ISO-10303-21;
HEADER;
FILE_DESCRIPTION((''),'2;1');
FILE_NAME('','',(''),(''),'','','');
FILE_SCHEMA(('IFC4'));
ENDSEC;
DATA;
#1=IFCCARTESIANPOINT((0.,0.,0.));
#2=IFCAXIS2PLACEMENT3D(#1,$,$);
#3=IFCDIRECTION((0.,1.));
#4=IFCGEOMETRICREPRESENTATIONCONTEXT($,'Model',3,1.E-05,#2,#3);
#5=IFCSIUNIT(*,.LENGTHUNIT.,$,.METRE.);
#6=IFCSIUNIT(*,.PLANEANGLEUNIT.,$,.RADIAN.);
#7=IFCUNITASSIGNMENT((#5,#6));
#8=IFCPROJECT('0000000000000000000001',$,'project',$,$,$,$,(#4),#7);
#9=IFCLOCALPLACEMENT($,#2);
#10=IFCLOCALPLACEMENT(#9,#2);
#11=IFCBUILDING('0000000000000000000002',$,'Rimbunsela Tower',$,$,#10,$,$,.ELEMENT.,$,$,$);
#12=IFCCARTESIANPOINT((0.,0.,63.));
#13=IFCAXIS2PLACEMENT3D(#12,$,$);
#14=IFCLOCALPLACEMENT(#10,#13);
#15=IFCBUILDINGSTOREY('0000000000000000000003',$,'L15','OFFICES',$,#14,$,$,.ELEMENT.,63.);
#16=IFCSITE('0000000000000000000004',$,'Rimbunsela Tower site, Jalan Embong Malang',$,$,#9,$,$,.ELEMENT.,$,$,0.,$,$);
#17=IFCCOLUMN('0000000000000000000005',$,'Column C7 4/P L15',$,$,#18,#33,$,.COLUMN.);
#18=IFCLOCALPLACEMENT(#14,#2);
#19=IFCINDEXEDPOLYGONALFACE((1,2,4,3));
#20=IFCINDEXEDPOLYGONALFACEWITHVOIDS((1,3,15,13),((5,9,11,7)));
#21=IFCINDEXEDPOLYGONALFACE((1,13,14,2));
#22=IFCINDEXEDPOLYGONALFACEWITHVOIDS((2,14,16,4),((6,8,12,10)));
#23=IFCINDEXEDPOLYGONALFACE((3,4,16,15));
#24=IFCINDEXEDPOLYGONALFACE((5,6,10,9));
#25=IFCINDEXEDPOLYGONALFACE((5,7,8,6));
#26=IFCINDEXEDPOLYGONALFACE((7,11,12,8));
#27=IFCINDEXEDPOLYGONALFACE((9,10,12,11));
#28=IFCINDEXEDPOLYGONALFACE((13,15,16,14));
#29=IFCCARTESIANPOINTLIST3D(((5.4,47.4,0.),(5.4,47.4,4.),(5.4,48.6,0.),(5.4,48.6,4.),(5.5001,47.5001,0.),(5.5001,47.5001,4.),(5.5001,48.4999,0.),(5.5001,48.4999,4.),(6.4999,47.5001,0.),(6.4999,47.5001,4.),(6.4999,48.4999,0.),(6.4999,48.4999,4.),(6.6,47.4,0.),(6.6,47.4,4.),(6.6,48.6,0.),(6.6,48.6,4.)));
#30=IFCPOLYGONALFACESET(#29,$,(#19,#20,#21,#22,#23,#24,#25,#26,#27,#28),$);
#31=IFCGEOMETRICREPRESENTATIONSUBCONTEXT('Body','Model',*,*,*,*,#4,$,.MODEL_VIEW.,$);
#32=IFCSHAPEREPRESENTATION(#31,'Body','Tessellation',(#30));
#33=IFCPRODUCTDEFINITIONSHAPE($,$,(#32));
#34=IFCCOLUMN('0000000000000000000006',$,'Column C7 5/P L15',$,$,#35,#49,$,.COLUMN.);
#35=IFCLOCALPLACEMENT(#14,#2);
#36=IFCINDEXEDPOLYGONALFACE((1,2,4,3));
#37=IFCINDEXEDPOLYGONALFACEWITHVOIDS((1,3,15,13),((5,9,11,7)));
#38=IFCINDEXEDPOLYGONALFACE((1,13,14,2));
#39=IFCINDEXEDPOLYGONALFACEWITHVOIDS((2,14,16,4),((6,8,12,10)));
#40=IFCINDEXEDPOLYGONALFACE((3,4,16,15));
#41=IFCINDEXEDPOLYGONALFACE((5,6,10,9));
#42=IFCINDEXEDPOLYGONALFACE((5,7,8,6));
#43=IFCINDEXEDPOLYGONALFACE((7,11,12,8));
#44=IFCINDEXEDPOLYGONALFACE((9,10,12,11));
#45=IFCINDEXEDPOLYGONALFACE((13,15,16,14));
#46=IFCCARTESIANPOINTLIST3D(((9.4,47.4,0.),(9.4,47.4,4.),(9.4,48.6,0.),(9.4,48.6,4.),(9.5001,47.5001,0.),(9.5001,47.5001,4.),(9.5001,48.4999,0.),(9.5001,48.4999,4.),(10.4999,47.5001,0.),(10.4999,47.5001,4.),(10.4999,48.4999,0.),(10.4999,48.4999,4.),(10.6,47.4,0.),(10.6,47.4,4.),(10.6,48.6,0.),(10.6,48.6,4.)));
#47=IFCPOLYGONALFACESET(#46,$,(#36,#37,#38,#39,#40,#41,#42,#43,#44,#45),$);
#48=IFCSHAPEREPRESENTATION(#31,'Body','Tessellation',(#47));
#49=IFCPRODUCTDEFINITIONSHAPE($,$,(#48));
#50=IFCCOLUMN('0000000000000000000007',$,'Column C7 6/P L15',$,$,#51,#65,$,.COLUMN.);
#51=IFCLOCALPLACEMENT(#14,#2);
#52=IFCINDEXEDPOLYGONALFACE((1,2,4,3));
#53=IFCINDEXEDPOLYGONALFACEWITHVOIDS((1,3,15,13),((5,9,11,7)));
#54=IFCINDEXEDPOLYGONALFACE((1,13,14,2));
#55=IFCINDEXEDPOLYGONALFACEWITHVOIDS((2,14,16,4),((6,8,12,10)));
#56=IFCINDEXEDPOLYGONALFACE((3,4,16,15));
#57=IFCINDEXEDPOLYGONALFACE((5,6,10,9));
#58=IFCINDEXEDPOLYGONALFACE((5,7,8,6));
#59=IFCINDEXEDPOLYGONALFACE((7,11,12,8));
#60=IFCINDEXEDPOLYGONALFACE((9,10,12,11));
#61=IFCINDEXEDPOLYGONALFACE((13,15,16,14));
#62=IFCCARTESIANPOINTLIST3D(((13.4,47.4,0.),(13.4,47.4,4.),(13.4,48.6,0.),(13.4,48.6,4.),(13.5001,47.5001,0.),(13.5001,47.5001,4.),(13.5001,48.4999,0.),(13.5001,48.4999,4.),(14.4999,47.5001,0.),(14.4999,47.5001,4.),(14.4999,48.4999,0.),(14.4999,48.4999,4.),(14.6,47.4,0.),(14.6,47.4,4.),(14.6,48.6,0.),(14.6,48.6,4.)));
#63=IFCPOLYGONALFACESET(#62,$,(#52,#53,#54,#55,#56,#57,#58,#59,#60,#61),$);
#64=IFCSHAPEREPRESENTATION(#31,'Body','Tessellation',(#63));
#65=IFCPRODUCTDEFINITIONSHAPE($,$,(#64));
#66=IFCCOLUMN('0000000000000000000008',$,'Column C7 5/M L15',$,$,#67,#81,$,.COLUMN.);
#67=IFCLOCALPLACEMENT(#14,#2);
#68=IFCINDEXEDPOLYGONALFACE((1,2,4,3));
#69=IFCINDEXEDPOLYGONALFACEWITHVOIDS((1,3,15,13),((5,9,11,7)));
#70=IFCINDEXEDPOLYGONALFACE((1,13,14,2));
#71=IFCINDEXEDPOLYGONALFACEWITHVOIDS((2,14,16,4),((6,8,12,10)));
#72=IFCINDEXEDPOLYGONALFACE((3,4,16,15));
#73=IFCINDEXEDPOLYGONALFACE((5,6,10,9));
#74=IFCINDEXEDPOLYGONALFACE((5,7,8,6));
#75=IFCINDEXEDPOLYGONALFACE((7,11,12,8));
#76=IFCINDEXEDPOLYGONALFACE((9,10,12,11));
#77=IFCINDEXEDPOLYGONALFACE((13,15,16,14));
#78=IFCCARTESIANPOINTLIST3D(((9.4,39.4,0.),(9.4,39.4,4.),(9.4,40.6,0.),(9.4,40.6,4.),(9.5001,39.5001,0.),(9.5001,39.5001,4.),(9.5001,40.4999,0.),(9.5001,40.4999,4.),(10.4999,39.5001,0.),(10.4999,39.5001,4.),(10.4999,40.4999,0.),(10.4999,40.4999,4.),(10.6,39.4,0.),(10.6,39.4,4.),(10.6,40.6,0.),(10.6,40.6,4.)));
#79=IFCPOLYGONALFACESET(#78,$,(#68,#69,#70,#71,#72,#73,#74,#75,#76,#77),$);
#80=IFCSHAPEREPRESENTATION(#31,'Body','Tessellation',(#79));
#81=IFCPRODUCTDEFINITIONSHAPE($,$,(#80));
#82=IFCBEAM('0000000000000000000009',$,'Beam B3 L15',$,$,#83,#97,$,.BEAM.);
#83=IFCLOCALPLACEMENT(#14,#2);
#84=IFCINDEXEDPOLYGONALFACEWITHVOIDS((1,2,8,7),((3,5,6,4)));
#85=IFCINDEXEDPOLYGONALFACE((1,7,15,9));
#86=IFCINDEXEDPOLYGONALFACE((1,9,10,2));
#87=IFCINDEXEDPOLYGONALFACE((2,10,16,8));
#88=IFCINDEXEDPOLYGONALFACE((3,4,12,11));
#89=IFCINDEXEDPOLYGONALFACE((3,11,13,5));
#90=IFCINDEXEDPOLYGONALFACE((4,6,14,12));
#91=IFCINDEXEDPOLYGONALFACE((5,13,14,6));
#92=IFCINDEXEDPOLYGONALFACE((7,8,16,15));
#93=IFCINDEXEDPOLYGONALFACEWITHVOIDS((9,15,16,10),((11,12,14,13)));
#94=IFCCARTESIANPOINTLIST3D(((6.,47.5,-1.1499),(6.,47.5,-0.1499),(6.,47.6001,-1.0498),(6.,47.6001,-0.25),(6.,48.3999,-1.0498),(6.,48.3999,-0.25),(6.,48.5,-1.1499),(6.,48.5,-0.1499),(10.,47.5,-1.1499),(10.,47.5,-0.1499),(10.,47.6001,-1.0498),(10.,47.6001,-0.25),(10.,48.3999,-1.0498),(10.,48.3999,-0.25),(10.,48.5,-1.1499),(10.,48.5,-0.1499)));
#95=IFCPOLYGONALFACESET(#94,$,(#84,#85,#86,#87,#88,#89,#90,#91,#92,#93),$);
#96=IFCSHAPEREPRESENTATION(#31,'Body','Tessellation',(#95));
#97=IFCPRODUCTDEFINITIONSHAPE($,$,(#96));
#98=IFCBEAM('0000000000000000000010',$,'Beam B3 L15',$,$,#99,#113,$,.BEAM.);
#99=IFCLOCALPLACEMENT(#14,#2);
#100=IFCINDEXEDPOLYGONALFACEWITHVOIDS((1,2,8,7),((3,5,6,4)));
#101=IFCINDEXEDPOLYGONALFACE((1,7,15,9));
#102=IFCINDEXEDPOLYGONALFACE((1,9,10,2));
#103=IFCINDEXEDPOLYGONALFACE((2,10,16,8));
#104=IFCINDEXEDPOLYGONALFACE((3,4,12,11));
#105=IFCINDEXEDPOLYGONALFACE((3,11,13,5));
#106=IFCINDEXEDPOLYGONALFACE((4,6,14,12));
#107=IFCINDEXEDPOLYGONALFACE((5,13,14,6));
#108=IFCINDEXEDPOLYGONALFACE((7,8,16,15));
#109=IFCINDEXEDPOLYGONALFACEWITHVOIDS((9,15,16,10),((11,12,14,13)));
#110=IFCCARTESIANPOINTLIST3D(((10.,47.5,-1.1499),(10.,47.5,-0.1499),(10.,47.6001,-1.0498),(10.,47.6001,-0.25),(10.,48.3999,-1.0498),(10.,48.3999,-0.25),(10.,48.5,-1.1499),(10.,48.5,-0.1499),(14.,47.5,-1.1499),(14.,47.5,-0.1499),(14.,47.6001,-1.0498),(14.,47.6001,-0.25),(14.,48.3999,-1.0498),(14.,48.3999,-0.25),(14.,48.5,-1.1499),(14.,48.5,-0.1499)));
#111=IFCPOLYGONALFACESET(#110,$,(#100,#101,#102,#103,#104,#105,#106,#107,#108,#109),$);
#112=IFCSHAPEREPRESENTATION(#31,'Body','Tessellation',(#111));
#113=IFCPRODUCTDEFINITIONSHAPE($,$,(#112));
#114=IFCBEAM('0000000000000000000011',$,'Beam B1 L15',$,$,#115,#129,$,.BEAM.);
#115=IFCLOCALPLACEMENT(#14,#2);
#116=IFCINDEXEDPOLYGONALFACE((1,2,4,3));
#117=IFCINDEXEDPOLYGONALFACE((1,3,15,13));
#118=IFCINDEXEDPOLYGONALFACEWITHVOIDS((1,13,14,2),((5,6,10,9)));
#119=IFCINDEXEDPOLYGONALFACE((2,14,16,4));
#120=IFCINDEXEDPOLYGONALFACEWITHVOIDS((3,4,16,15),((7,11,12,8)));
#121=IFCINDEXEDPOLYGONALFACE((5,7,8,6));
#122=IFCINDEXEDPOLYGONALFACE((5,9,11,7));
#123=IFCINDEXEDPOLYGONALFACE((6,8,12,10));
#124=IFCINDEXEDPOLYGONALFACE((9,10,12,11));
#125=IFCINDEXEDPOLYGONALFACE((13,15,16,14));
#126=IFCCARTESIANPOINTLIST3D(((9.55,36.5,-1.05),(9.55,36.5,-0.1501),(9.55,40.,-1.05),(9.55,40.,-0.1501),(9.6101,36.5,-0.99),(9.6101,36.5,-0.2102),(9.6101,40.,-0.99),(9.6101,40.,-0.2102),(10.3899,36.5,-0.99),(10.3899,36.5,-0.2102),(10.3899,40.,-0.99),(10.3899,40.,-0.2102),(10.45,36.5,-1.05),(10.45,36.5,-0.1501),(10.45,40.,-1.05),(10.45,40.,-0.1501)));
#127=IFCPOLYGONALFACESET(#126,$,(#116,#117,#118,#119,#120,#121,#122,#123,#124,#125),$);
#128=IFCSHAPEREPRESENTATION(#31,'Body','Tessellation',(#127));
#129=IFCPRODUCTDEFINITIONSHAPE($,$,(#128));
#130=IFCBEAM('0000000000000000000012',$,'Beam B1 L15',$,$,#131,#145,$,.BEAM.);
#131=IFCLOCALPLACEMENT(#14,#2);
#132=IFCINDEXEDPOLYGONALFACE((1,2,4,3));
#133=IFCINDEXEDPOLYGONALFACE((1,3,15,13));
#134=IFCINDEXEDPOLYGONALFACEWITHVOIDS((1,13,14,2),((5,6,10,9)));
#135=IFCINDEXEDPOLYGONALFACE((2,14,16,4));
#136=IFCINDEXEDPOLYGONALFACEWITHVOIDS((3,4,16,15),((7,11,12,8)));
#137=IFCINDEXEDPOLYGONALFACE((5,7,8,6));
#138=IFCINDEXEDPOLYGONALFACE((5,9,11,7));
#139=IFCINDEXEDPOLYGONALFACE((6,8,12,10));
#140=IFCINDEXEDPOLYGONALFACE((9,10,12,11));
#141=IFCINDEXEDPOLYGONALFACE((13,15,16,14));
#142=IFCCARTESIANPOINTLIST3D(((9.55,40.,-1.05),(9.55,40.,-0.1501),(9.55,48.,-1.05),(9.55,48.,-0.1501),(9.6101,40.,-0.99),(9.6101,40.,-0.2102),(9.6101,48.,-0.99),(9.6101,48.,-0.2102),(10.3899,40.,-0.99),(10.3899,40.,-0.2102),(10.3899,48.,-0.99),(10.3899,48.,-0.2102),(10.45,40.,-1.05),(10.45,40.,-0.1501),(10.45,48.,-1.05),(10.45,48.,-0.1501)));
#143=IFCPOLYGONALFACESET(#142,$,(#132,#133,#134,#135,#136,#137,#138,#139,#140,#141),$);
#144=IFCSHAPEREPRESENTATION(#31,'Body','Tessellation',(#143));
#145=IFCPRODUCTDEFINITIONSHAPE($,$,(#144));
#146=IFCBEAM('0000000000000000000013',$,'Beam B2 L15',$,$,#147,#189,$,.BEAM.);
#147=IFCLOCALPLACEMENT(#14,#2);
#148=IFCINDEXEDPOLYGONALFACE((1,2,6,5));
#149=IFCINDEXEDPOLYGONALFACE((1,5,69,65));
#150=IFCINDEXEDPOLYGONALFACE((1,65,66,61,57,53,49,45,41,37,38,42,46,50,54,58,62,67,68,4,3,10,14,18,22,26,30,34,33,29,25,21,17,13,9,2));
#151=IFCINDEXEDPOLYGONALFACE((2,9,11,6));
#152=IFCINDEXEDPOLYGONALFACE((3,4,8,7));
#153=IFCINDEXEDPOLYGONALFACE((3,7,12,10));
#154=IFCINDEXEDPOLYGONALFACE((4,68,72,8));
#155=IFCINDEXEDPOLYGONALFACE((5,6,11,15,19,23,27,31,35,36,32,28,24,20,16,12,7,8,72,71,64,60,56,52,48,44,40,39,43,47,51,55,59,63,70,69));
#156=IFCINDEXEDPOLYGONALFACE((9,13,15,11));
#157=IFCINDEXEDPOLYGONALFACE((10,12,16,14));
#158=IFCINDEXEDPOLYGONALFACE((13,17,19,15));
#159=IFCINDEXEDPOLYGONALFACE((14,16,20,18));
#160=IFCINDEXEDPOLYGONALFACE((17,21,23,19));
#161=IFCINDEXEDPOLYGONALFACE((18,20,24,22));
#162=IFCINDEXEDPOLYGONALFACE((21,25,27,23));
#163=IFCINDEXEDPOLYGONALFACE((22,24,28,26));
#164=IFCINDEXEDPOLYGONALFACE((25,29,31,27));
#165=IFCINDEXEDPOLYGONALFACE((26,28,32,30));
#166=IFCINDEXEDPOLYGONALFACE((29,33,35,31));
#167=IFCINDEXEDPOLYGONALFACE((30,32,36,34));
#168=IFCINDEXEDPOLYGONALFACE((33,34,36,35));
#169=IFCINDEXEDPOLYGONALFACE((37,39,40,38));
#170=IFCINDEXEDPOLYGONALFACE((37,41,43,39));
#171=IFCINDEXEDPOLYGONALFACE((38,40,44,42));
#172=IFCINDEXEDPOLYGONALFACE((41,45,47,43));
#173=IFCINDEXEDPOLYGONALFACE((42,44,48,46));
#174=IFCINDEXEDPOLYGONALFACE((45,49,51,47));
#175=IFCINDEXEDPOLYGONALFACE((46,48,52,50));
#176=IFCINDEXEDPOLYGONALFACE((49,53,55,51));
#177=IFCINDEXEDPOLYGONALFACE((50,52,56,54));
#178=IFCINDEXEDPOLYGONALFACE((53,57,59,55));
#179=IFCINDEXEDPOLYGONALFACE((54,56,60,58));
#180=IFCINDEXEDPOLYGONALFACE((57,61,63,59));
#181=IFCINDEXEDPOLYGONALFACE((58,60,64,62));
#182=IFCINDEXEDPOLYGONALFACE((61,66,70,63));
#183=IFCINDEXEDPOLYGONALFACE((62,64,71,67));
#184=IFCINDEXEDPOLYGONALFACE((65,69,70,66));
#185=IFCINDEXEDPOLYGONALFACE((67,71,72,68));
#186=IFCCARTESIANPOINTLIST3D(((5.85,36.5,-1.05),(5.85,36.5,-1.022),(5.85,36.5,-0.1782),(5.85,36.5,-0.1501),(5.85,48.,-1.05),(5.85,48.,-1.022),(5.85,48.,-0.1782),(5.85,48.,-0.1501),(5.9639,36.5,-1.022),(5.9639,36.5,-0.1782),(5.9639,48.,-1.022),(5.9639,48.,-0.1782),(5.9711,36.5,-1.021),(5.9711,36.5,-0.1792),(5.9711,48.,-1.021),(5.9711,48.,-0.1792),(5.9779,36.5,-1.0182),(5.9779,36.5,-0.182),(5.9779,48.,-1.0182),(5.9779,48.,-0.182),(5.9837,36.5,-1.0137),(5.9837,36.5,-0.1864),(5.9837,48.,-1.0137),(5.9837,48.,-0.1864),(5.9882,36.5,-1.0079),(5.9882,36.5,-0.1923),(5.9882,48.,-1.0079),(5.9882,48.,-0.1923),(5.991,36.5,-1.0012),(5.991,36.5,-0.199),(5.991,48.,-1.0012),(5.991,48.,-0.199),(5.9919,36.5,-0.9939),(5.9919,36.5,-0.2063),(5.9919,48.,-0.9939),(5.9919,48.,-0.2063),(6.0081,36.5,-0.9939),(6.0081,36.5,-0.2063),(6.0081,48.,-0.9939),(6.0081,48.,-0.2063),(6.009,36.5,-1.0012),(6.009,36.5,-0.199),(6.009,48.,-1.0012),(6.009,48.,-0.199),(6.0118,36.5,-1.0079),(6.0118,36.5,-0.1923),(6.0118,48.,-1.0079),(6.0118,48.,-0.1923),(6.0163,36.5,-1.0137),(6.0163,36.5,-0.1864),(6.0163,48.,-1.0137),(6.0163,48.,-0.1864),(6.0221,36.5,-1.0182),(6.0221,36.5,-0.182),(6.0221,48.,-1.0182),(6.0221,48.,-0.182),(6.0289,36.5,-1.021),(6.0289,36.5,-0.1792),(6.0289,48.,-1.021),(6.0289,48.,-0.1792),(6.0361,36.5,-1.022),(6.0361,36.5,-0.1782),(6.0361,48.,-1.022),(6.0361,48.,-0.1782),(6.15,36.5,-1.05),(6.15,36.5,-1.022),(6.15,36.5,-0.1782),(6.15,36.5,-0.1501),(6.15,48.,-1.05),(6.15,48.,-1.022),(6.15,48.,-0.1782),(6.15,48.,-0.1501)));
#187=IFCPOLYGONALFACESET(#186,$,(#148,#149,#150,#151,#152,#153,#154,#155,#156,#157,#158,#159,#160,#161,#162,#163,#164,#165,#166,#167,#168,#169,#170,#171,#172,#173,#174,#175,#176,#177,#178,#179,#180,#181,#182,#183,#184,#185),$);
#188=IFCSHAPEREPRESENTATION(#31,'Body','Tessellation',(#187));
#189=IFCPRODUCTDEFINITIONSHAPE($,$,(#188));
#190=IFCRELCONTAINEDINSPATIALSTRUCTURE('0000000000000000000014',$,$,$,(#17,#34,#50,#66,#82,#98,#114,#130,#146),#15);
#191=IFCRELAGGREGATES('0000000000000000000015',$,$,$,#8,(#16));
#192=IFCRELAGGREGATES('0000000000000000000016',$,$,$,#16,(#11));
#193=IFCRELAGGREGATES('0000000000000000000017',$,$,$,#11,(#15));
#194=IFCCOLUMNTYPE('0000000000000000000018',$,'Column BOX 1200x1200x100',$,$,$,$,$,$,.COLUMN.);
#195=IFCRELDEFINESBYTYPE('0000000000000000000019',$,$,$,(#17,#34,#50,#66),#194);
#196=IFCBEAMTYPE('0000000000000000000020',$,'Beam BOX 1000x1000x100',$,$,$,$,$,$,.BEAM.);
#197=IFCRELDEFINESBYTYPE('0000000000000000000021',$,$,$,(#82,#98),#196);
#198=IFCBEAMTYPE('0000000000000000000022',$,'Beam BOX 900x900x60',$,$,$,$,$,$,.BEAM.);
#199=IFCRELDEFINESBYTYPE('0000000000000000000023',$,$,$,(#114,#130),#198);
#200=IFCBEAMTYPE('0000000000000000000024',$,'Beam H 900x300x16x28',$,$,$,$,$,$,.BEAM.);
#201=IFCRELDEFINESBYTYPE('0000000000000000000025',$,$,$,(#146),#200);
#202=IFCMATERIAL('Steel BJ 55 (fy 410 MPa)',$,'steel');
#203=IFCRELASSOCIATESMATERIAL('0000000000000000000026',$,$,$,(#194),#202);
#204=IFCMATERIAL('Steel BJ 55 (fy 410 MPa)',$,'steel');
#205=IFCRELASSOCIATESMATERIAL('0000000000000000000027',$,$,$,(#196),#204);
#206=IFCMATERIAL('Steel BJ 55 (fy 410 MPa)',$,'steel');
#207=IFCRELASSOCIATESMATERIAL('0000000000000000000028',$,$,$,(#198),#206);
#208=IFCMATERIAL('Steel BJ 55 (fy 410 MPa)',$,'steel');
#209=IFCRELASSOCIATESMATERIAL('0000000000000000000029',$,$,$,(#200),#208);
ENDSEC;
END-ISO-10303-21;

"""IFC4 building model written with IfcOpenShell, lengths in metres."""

from ifc_helpers import new_model, si_unit, direction, frame, origin, origin_2d, place, context, subcontext, project, spatial, hollow_rectangle, i_section, extrude, material, material_profile, profile_set, type_object, element, save


model = new_model("IFC4")

# Units and contexts
model_context = context("Model", 3, precision=1e-05, world=origin(), true_north=direction((0.0, 1.0)))
body_context = subcontext(model_context, "Body", "Model", "MODEL_VIEW")
ifc_project = project(units=[si_unit("LENGTHUNIT", "METRE"), si_unit("PLANEANGLEUNIT", "RADIAN")], contexts=[model_context])

# Site, building, storey
site_placement = place(None, origin())
site = spatial("IfcSite", under=ifc_project, at=site_placement, Name="Rimbunsela Tower site, Jalan Embong Malang", CompositionType="ELEMENT", RefElevation=0.0)
building_placement = place(site_placement, origin())
building = spatial("IfcBuilding", under=site, at=building_placement, Name="Rimbunsela Tower", CompositionType="ELEMENT")
storey_placement = place(building_placement, frame((0.0, 0.0, 63.0)))
storey = spatial("IfcBuildingStorey", under=building, at=storey_placement, Name="L15", Description="OFFICES", CompositionType="ELEMENT", Elevation=63.0)

# Columns
ifc_material_1 = material(Name="Steel BJ 55 (fy 410 MPa)", Category="steel")
ifc_material_profile_1 = material_profile(ifc_material_1, hollow_rectangle(XDim=1.2, YDim=1.2, WallThickness=0.1001, at=origin_2d()), Name="BOX 1200x1200x100")
ifc_profile_set_1 = profile_set([ifc_material_profile_1], Name="Steel BJ 55 (fy 410 MPa)")
column_type = type_object("IfcColumnType", Name="Column BOX 1200x1200x100", PredefinedType="COLUMN", material=ifc_profile_set_1)
for number, where, z_axis, x_axis, name in (
    (1, (6.0, 48.0, 0.0), (0.0, 0.0, 1.0), (1.0, 0.0, 0.0), "Column C7 4/P L15"),
    (2, (10.0, 48.0, 0.0), (0.0, 0.0, 1.0), (1.0, 0.0, 0.0), "Column C7 5/P L15"),
    (3, (14.0, 48.0, 0.0), (0.0, 0.0, 1.0), (1.0, 0.0, 0.0), "Column C7 6/P L15"),
    (4, (10.0, 40.0, 0.0), (0.0, 0.0, 1.0), (1.0, 0.0, 0.0), "Column C7 5/M L15"),
):
    element("IfcColumn", number, at=place(storey_placement, frame(where, z_axis=z_axis, x_axis=x_axis)), inside=storey, type_object=column_type, Name=name, PredefinedType="COLUMN", context=body_context, shape_type="SweptSolid", body=[
        extrude(hollow_rectangle(XDim=1.2, YDim=1.2, WallThickness=0.1001, at=origin_2d()), origin(), (0.0, 0.0, 1.0), 4.0),
    ])

# Beams
ifc_material_2 = material(Name="Steel BJ 55 (fy 410 MPa)", Category="steel")
ifc_material_profile_2 = material_profile(ifc_material_2, hollow_rectangle(XDim=1.0, YDim=1.0, WallThickness=0.1001, at=origin_2d()), Name="BOX 1000x1000x100")
ifc_profile_set_2 = profile_set([ifc_material_profile_2], Name="Steel BJ 55 (fy 410 MPa)")
beam_type_1 = type_object("IfcBeamType", Name="Beam BOX 1000x1000x100", PredefinedType="BEAM", material=ifc_profile_set_2)
for number, where, z_axis, x_axis, name in (
    (5, (6.0, 48.0, -0.6499), (1.0, 0.0, 0.0), (0.0, 1.0, 0.0), "Beam B3 L15"),
    (6, (10.0, 48.0, -0.6499), (1.0, 0.0, 0.0), (0.0, 1.0, 0.0), "Beam B3 L15"),
):
    element("IfcBeam", number, at=place(storey_placement, frame(where, z_axis=z_axis, x_axis=x_axis)), inside=storey, type_object=beam_type_1, Name=name, PredefinedType="BEAM", context=body_context, shape_type="SweptSolid", body=[
        extrude(hollow_rectangle(XDim=1.0, YDim=1.0, WallThickness=0.1001, at=origin_2d()), origin(), (0.0, 0.0, 1.0), 4.0),
    ])
ifc_material_3 = material(Name="Steel BJ 55 (fy 410 MPa)", Category="steel")
ifc_material_profile_3 = material_profile(ifc_material_3, hollow_rectangle(XDim=0.8999, YDim=0.8999, WallThickness=0.0601, at=origin_2d()), Name="BOX 900x900x60")
ifc_profile_set_3 = profile_set([ifc_material_profile_3], Name="Steel BJ 55 (fy 410 MPa)")
beam_type_2 = type_object("IfcBeamType", Name="Beam BOX 900x900x60", PredefinedType="BEAM", material=ifc_profile_set_3)
beam_1_placement = place(storey_placement, frame((10.0, 36.5, -0.6001), z_axis=(0.0, 1.0, 0.0), x_axis=(-1.0, 0.0, 0.0)))
element("IfcBeam", 7, at=beam_1_placement, inside=storey, type_object=beam_type_2, Name="Beam B1 L15", PredefinedType="BEAM", context=body_context, shape_type="SweptSolid", body=[
    extrude(hollow_rectangle(XDim=0.8999, YDim=0.8999, WallThickness=0.0601, at=origin_2d()), origin(), (0.0, 0.0, 1.0), 3.5),
])
beam_2_placement = place(storey_placement, frame((10.0, 40.0, -0.6001), z_axis=(0.0, 1.0, 0.0), x_axis=(-1.0, 0.0, 0.0)))
element("IfcBeam", 8, at=beam_2_placement, inside=storey, type_object=beam_type_2, Name="Beam B1 L15", PredefinedType="BEAM", context=body_context, shape_type="SweptSolid", body=[
    extrude(hollow_rectangle(XDim=0.8999, YDim=0.8999, WallThickness=0.0601, at=origin_2d()), origin(), (0.0, 0.0, 1.0), 8.0),
])
ifc_material_4 = material(Name="Steel BJ 55 (fy 410 MPa)", Category="steel")
ifc_material_profile_4 = material_profile(ifc_material_4, i_section(OverallWidth=0.3, OverallDepth=0.8999, WebThickness=0.0161, FlangeThickness=0.0281, FilletRadius=0.0281, at=origin_2d()), Name="H 900x300x16x28")
ifc_profile_set_4 = profile_set([ifc_material_profile_4], Name="Steel BJ 55 (fy 410 MPa)")
beam_type_3 = type_object("IfcBeamType", Name="Beam H 900x300x16x28", PredefinedType="BEAM", material=ifc_profile_set_4)
for number, where, z_axis, x_axis, name in (
    (9, (6.0, 36.5, -0.6001), (0.0, 1.0, 0.0), (-1.0, 0.0, 0.0), "Beam B2 L15"),
):
    element("IfcBeam", number, at=place(storey_placement, frame(where, z_axis=z_axis, x_axis=x_axis)), inside=storey, type_object=beam_type_3, Name=name, PredefinedType="BEAM", context=body_context, shape_type="SweptSolid", body=[
        extrude(i_section(OverallWidth=0.3, OverallDepth=0.8999, WebThickness=0.0161, FlangeThickness=0.0281, FilletRadius=0.0281, at=origin_2d()), origin(), (0.0, 0.0, 1.0), 11.5),
    ])

save(model, "model.ifc")
